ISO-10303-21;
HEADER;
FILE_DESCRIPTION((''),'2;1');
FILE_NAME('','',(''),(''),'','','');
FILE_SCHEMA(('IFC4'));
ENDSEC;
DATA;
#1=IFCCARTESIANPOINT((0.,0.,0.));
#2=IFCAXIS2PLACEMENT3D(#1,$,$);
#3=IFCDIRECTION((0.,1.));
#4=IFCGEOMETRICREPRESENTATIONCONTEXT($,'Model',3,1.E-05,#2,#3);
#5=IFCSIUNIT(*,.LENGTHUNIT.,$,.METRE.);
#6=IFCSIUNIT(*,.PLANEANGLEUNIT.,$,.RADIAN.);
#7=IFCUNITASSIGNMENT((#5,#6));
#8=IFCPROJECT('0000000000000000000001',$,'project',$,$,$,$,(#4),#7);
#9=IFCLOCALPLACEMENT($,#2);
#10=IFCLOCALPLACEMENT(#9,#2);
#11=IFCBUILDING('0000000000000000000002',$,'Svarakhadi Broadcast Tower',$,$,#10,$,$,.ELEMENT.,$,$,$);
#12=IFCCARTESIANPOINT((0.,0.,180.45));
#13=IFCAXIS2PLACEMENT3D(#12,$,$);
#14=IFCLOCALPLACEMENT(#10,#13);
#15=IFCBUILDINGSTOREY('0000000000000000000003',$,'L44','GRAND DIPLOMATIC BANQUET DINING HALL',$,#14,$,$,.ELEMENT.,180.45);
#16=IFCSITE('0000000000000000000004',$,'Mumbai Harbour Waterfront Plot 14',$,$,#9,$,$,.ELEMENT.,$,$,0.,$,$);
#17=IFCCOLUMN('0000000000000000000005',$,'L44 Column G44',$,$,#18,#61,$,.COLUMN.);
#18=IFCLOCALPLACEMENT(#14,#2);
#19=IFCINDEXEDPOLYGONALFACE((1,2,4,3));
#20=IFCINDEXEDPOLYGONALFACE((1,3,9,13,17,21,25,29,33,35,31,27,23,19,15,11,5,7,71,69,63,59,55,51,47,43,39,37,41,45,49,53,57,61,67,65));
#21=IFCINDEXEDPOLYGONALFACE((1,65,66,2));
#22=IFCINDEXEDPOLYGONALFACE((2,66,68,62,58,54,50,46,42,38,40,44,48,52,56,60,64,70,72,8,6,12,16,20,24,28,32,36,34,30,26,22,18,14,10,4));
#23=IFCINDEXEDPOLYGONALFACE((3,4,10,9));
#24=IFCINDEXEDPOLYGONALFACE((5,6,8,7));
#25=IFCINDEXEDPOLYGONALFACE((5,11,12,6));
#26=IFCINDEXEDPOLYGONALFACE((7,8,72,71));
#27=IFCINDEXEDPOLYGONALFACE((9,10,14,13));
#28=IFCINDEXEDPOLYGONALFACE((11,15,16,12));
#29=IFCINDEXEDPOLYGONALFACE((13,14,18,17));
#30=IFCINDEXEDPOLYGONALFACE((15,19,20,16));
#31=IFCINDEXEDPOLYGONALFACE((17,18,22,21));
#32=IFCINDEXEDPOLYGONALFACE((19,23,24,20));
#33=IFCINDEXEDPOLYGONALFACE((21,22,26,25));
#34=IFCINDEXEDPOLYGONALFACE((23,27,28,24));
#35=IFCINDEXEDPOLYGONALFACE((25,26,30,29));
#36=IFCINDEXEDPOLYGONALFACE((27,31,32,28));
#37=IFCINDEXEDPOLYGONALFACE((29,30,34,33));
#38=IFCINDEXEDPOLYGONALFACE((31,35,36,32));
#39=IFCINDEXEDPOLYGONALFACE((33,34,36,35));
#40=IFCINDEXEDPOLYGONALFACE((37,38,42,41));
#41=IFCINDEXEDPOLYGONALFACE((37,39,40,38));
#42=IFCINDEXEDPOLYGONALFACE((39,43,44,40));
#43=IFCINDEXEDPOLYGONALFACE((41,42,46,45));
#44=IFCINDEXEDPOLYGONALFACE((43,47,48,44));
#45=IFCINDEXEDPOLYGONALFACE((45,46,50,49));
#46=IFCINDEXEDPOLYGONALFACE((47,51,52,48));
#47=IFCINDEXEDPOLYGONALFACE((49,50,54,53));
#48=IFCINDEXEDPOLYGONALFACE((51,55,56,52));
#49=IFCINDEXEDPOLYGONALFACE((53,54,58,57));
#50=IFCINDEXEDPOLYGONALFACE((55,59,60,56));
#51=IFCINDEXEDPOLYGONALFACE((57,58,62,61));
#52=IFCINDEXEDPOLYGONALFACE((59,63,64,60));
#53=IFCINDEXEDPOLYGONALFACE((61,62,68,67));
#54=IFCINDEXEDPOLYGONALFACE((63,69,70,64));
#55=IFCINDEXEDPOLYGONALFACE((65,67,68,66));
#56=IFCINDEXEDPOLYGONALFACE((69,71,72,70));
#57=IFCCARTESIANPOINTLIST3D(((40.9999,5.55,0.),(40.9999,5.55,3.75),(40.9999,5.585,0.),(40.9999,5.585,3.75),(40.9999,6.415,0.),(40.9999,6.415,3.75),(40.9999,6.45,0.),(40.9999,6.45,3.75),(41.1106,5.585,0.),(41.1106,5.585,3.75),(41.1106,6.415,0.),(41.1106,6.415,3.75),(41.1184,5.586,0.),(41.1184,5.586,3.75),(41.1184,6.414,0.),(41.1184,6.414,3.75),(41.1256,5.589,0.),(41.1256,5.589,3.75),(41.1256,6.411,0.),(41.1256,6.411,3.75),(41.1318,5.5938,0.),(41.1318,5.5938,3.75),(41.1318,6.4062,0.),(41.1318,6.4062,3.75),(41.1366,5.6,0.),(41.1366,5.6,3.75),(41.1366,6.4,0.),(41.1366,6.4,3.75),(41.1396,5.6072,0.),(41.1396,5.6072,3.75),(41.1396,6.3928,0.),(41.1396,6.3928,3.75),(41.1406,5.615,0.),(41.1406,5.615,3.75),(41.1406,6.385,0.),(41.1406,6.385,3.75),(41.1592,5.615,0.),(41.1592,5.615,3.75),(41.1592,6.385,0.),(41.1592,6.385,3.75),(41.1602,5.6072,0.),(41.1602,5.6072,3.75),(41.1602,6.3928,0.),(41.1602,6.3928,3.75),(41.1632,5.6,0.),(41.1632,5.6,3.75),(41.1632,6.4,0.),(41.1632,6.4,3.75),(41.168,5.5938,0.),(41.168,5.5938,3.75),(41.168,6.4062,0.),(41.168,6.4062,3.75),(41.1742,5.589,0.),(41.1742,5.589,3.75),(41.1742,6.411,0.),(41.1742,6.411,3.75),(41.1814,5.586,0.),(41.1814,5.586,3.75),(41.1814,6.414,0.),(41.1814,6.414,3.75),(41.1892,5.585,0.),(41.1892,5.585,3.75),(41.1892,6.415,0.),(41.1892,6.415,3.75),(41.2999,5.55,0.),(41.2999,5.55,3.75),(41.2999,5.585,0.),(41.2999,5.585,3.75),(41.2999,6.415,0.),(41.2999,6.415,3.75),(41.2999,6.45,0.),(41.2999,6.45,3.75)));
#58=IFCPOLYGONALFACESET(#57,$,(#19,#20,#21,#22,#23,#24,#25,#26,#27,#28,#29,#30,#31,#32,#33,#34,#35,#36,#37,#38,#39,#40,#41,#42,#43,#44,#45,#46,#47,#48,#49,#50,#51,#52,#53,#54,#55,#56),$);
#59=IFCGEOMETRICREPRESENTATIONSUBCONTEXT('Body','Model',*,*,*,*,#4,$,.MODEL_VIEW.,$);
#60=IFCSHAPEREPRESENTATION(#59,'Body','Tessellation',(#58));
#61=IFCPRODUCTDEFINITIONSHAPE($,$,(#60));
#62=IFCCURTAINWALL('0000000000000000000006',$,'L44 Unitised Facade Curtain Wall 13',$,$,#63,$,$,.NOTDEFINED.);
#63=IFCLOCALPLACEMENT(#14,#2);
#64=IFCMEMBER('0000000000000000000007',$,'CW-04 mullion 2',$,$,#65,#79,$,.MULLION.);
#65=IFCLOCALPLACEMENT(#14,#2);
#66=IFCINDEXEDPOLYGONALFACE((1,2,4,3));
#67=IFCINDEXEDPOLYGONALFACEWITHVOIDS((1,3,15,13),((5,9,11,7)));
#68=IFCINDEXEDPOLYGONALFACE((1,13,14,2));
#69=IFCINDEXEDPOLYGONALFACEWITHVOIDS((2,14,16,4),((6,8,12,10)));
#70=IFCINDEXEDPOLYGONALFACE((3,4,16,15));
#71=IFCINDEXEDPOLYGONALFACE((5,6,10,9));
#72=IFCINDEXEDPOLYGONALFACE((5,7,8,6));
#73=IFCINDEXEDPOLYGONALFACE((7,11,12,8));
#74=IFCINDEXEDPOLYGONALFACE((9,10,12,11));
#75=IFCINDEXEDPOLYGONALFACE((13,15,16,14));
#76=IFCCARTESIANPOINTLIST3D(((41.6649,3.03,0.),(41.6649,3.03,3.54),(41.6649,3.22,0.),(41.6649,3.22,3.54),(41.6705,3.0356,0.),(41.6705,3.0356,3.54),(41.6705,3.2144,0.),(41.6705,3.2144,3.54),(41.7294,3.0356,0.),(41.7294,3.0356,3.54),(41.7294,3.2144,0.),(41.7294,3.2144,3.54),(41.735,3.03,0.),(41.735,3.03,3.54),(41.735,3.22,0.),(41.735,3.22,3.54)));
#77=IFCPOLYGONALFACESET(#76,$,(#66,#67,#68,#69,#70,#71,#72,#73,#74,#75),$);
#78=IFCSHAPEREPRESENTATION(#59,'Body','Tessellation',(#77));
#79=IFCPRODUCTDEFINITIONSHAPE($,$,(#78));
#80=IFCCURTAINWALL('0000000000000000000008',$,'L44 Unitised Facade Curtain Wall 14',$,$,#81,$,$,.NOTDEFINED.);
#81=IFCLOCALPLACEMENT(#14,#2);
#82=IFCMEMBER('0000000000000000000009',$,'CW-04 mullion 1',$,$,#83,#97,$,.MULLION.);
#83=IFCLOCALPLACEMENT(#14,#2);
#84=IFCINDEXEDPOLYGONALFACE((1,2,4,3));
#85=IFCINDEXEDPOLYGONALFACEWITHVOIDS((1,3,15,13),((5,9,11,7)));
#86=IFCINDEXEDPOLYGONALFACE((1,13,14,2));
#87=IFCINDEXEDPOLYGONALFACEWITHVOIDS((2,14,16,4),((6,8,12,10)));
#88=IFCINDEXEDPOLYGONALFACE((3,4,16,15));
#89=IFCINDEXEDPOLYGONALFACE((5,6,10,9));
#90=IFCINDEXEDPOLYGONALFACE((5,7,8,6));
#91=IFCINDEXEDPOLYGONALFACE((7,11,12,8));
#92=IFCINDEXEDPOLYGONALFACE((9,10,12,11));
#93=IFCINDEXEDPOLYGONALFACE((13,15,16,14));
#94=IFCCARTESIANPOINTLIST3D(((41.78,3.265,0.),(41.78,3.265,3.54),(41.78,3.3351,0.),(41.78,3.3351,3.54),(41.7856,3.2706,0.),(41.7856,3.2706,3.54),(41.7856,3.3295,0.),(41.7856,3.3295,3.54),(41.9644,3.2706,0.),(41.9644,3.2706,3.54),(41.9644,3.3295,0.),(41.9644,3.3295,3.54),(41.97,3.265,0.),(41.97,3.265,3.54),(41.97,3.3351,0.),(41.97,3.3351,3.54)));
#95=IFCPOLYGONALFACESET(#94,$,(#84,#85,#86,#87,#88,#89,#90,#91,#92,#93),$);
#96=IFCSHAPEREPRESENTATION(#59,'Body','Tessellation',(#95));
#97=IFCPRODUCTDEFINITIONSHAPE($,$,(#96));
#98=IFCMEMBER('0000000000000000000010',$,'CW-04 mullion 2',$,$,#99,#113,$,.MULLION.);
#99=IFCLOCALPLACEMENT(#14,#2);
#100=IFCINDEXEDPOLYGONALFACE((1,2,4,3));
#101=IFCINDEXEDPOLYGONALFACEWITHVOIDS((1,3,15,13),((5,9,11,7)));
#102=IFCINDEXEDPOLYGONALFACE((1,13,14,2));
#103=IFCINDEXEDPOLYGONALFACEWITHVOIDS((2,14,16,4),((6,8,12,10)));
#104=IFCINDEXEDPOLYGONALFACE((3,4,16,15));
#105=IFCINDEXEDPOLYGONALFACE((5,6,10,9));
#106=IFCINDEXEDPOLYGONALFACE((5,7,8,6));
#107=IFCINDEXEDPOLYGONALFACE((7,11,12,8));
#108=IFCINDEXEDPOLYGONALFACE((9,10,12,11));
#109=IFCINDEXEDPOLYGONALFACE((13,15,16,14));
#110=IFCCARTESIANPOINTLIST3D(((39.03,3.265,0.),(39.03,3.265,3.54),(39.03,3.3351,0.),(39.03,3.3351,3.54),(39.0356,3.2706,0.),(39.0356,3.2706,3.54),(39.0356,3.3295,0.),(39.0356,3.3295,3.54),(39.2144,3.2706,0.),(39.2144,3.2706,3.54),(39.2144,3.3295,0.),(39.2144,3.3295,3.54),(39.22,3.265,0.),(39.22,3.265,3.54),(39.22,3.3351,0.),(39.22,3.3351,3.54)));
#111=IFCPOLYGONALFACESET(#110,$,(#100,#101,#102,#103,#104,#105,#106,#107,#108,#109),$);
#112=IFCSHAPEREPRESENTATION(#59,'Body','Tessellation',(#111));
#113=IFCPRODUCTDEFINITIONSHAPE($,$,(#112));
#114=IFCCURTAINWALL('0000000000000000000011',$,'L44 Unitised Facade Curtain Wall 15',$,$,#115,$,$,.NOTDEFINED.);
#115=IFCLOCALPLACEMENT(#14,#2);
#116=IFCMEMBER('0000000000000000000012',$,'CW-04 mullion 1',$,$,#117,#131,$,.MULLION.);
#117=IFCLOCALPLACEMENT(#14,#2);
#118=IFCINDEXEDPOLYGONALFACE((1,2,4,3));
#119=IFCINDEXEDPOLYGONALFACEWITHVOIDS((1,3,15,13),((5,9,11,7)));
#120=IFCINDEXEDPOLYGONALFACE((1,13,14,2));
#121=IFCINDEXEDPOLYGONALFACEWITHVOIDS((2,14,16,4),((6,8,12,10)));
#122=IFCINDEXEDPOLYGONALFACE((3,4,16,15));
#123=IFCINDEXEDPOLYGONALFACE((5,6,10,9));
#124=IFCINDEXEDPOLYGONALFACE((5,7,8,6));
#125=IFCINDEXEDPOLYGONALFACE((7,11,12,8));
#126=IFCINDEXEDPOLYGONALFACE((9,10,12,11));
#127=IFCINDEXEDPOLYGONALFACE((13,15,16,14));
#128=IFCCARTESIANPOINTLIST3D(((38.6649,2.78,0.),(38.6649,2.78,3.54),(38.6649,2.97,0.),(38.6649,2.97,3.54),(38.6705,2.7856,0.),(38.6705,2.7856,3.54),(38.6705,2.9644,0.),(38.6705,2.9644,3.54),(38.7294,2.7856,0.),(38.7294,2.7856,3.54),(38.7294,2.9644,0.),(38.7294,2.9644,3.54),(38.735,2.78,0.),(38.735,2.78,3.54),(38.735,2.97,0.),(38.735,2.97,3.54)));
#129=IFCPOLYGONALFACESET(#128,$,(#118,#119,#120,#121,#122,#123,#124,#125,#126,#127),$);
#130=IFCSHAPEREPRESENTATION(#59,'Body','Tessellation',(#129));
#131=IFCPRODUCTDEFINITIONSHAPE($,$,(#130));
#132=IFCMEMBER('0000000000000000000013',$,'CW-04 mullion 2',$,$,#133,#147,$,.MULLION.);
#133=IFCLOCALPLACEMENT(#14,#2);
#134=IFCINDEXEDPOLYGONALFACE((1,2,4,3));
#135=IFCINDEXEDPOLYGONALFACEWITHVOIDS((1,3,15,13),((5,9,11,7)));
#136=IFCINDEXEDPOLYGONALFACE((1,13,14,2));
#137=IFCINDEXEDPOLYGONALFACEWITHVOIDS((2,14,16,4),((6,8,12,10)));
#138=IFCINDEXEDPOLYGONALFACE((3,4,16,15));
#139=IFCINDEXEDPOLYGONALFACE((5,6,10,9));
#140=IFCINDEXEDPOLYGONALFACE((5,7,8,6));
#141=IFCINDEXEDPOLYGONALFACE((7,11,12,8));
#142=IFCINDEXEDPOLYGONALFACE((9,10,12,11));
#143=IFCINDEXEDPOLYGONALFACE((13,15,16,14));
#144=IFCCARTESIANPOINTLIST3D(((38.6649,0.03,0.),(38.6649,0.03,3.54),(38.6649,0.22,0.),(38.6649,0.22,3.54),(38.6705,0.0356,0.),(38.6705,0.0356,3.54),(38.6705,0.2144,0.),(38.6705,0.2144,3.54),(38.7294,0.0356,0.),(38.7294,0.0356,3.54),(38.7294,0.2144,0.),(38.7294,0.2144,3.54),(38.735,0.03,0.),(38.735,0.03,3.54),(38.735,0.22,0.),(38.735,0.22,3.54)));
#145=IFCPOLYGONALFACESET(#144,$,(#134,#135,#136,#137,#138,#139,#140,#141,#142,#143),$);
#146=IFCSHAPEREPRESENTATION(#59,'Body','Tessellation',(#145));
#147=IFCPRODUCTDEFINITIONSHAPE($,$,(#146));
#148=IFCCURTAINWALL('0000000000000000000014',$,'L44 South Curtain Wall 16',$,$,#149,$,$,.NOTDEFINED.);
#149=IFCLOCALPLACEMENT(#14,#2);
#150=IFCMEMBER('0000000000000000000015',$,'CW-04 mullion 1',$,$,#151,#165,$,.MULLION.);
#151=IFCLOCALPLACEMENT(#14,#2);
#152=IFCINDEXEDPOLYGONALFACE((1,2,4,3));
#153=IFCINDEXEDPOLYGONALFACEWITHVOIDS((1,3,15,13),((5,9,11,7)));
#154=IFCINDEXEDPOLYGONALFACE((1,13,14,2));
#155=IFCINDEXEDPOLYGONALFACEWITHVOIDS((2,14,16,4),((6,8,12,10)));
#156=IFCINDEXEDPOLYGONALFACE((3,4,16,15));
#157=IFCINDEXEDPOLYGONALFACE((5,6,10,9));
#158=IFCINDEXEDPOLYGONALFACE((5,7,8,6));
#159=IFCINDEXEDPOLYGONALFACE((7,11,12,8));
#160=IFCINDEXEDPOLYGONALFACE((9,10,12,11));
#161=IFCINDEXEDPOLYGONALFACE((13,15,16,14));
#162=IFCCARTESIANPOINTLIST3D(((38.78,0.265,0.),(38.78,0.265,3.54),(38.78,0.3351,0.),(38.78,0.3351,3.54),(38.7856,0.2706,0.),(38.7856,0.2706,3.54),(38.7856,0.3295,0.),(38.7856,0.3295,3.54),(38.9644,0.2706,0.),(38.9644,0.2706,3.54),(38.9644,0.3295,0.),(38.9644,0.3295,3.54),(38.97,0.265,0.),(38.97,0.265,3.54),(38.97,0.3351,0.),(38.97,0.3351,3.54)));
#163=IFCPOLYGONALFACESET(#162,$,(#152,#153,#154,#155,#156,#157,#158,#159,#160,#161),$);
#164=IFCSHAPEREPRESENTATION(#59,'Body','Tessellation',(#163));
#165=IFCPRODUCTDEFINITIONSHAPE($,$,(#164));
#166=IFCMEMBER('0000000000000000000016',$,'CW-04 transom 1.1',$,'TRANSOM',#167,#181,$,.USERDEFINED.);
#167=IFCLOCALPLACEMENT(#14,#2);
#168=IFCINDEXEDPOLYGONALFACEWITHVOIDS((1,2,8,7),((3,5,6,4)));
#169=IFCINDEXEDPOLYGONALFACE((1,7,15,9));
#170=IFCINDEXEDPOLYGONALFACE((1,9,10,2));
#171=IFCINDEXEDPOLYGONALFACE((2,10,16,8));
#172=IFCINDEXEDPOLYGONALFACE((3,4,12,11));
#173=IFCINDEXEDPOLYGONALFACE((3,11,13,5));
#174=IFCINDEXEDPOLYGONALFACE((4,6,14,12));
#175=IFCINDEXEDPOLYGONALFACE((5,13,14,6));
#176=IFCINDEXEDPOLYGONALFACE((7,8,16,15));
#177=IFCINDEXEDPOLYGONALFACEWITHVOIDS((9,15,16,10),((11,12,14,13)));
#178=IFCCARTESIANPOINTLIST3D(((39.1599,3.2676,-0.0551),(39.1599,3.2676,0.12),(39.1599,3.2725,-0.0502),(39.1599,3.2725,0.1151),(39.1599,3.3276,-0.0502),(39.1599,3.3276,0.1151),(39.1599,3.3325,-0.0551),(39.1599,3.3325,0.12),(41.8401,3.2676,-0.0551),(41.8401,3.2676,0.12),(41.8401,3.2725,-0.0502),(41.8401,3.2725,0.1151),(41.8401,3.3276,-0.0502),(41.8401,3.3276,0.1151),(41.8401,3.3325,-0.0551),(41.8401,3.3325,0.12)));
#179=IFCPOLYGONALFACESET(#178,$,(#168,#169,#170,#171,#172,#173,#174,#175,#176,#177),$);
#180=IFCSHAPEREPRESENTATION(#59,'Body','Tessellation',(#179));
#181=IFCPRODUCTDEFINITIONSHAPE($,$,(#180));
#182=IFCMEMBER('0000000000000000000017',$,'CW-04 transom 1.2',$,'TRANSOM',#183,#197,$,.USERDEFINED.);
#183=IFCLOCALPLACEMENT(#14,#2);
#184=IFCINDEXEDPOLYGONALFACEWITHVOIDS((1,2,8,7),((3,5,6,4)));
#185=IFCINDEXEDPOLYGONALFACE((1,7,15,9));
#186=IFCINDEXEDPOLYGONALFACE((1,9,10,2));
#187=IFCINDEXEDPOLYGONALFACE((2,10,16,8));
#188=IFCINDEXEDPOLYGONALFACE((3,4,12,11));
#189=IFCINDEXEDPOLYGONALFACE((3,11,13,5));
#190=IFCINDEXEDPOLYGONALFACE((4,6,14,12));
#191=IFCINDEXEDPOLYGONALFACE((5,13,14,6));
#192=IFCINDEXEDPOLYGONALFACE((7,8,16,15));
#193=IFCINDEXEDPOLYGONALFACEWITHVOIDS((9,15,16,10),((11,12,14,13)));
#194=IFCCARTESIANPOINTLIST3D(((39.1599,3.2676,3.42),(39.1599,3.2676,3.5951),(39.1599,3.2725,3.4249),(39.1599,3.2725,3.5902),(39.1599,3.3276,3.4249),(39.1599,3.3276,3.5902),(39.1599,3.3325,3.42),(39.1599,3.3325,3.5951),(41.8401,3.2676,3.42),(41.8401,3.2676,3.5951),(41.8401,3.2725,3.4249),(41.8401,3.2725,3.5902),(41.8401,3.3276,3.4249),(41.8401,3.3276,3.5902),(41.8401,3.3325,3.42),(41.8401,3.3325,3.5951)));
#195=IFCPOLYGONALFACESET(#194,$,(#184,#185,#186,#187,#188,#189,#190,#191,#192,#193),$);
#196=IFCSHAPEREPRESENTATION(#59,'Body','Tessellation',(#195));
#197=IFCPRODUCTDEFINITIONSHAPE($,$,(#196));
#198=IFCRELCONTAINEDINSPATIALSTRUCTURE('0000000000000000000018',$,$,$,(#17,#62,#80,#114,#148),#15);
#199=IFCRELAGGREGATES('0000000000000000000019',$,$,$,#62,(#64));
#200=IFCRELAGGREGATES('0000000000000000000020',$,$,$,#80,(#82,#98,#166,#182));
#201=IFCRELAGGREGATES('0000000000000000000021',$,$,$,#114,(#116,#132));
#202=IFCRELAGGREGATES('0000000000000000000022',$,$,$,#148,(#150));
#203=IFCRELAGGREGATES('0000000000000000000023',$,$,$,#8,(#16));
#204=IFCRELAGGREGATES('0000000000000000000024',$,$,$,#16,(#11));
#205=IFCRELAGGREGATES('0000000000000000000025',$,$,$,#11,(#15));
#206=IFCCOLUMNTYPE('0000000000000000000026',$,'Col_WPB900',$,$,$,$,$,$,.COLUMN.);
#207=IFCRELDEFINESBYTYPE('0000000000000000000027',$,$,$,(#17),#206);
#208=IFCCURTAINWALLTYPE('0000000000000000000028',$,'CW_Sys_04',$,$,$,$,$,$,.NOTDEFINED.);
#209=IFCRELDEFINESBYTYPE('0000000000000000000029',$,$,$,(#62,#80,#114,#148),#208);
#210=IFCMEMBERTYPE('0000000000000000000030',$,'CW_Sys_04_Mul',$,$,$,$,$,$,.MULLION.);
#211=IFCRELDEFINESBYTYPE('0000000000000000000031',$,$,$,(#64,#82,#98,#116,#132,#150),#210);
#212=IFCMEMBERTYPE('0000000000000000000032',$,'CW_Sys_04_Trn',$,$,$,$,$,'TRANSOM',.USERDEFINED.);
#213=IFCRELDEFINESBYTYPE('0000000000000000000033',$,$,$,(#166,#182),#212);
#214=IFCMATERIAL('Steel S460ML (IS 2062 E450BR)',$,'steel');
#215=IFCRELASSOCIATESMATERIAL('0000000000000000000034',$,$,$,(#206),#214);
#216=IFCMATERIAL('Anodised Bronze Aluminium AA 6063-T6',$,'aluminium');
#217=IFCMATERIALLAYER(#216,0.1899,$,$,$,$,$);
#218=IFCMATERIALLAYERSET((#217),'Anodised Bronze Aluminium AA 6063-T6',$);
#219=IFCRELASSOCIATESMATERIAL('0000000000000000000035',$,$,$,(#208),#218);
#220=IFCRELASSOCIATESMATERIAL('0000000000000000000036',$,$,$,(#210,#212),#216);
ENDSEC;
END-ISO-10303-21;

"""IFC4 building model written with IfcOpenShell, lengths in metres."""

from ifc_helpers import new_model, si_unit, direction, frame, origin, origin_2d, place, context, subcontext, project, spatial, hollow_rectangle, i_section, extrude, material, layer, layer_set, material_profile, profile_set, type_object, element, aggregate, save


model = new_model("IFC4")

# Units and contexts
model_context = context("Model", 3, precision=1e-05, world=origin(), true_north=direction((0.0, 1.0)))
body_context = subcontext(model_context, "Body", "Model", "MODEL_VIEW")
ifc_project = project(units=[si_unit("LENGTHUNIT", "METRE"), si_unit("PLANEANGLEUNIT", "RADIAN")], contexts=[model_context])

# Site, building, storey
site_placement = place(None, origin())
site = spatial("IfcSite", under=ifc_project, at=site_placement, Name="Mumbai Harbour Waterfront Plot 14", CompositionType="ELEMENT", RefElevation=0.0)
building_placement = place(site_placement, origin())
building = spatial("IfcBuilding", under=site, at=building_placement, Name="Svarakhadi Broadcast Tower", CompositionType="ELEMENT")
storey_placement = place(building_placement, frame((0.0, 0.0, 180.45)))
storey = spatial("IfcBuildingStorey", under=building, at=storey_placement, Name="L44", Description="GRAND DIPLOMATIC BANQUET DINING HALL", CompositionType="ELEMENT", Elevation=180.45)

# Column
ifc_material_1 = material(Name="Steel S460ML (IS 2062 E450BR)", Category="steel")
ifc_material_profile_1 = material_profile(ifc_material_1, i_section(OverallWidth=0.3, OverallDepth=0.8999, WebThickness=0.0186, FlangeThickness=0.0349, FilletRadius=0.03, at=origin_2d()), Name="WPB 900x300x291")
ifc_profile_set_1 = profile_set([ifc_material_profile_1], Name="Steel S460ML (IS 2062 E450BR)")
column_type = type_object("IfcColumnType", Name="Col_WPB900", PredefinedType="COLUMN", material=ifc_profile_set_1)
column_placement = place(storey_placement, frame((41.1499, 6.0, 0.0), z_axis=(0.0, 0.0, 1.0), x_axis=(1.0, 0.0, 0.0)))
element("IfcColumn", 1, at=column_placement, inside=storey, type_object=column_type, Name="L44 Column G44", PredefinedType="COLUMN", context=body_context, shape_type="SweptSolid", body=[
    extrude(i_section(OverallWidth=0.3, OverallDepth=0.8999, WebThickness=0.0186, FlangeThickness=0.0349, FilletRadius=0.03, at=origin_2d()), origin(), (0.0, 0.0, 1.0), 3.75),
])

# Curtain wall, member
ifc_material_2 = material(Name="Anodised Bronze Aluminium AA 6063-T6", Category="aluminium")
ifc_layer_1 = layer(ifc_material_2, 0.1899)
ifc_layer_set_1 = layer_set([ifc_layer_1], Name="Anodised Bronze Aluminium AA 6063-T6")
curtain_wall_type = type_object("IfcCurtainWallType", Name="CW_Sys_04", PredefinedType="NOTDEFINED", material=ifc_layer_set_1)
curtain_wall_1_placement = place(storey_placement, origin())
curtain_wall_1 = element("IfcCurtainWall", 2, at=curtain_wall_1_placement, inside=storey, type_object=curtain_wall_type, Name="L44 Unitised Facade Curtain Wall 13", PredefinedType="NOTDEFINED")
ifc_material_profile_2 = material_profile(ifc_material_2, hollow_rectangle(XDim=0.0701, YDim=0.1899, WallThickness=0.0056, at=origin_2d()), Name="ALU MULLION 190x70x6")
ifc_profile_set_2 = profile_set([ifc_material_profile_2], Name="Anodised Bronze Aluminium AA 6063-T6")
member_type_1 = type_object("IfcMemberType", Name="CW_Sys_04_Mul", PredefinedType="MULLION", material=ifc_profile_set_2)
member_1_placement = place(storey_placement, frame((41.7, 3.125, 0.0), z_axis=(0.0, 0.0, 1.0), x_axis=(1.0, 0.0, 0.0)))
member_1 = element("IfcMember", 3, at=member_1_placement, type_object=member_type_1, Name="CW-04 mullion 2", PredefinedType="MULLION", context=body_context, shape_type="SweptSolid", body=[
    extrude(hollow_rectangle(XDim=0.0701, YDim=0.1899, WallThickness=0.0056, at=origin_2d()), origin(), (0.0, 0.0, 1.0), 3.54),
])
aggregate(curtain_wall_1, [member_1])

# Curtain walls, members
curtain_wall_2_placement = place(storey_placement, origin())
curtain_wall_2 = element("IfcCurtainWall", 4, at=curtain_wall_2_placement, inside=storey, type_object=curtain_wall_type, Name="L44 Unitised Facade Curtain Wall 14", PredefinedType="NOTDEFINED")
member_2_placement = place(storey_placement, frame((41.875, 3.3, 0.0), z_axis=(0.0, 0.0, 1.0), x_axis=(0.0, -1.0, 0.0)))
member_2 = element("IfcMember", 5, at=member_2_placement, type_object=member_type_1, Name="CW-04 mullion 1", PredefinedType="MULLION", context=body_context, shape_type="SweptSolid", body=[
    extrude(hollow_rectangle(XDim=0.0701, YDim=0.1899, WallThickness=0.0056, at=origin_2d()), origin(), (0.0, 0.0, 1.0), 3.54),
])
member_3_placement = place(storey_placement, frame((39.125, 3.3, 0.0), z_axis=(0.0, 0.0, 1.0), x_axis=(0.0, -1.0, 0.0)))
member_3 = element("IfcMember", 6, at=member_3_placement, type_object=member_type_1, Name="CW-04 mullion 2", PredefinedType="MULLION", context=body_context, shape_type="SweptSolid", body=[
    extrude(hollow_rectangle(XDim=0.0701, YDim=0.1899, WallThickness=0.0056, at=origin_2d()), origin(), (0.0, 0.0, 1.0), 3.54),
])
curtain_wall_3_placement = place(storey_placement, origin())
curtain_wall_3 = element("IfcCurtainWall", 7, at=curtain_wall_3_placement, inside=storey, type_object=curtain_wall_type, Name="L44 Unitised Facade Curtain Wall 15", PredefinedType="NOTDEFINED")
member_4_placement = place(storey_placement, frame((38.7, 2.875, 0.0), z_axis=(0.0, 0.0, 1.0), x_axis=(1.0, 0.0, 0.0)))
member_4 = element("IfcMember", 8, at=member_4_placement, type_object=member_type_1, Name="CW-04 mullion 1", PredefinedType="MULLION", context=body_context, shape_type="SweptSolid", body=[
    extrude(hollow_rectangle(XDim=0.0701, YDim=0.1899, WallThickness=0.0056, at=origin_2d()), origin(), (0.0, 0.0, 1.0), 3.54),
])
member_5_placement = place(storey_placement, frame((38.7, 0.125, 0.0), z_axis=(0.0, 0.0, 1.0), x_axis=(1.0, 0.0, 0.0)))
member_5 = element("IfcMember", 9, at=member_5_placement, type_object=member_type_1, Name="CW-04 mullion 2", PredefinedType="MULLION", context=body_context, shape_type="SweptSolid", body=[
    extrude(hollow_rectangle(XDim=0.0701, YDim=0.1899, WallThickness=0.0056, at=origin_2d()), origin(), (0.0, 0.0, 1.0), 3.54),
])

# Curtain wall, member
curtain_wall_4_placement = place(storey_placement, origin())
curtain_wall_4 = element("IfcCurtainWall", 10, at=curtain_wall_4_placement, inside=storey, type_object=curtain_wall_type, Name="L44 South Curtain Wall 16", PredefinedType="NOTDEFINED")
member_6_placement = place(storey_placement, frame((38.875, 0.3, 0.0), z_axis=(0.0, 0.0, 1.0), x_axis=(0.0, -1.0, 0.0)))
member_6 = element("IfcMember", 11, at=member_6_placement, type_object=member_type_1, Name="CW-04 mullion 1", PredefinedType="MULLION", context=body_context, shape_type="SweptSolid", body=[
    extrude(hollow_rectangle(XDim=0.0701, YDim=0.1899, WallThickness=0.0056, at=origin_2d()), origin(), (0.0, 0.0, 1.0), 3.54),
])

# Members
ifc_material_profile_3 = material_profile(ifc_material_2, hollow_rectangle(XDim=0.0649, YDim=0.175, WallThickness=0.0049, at=origin_2d()), Name="ALU TRANSOM 175x65x5")
ifc_profile_set_3 = profile_set([ifc_material_profile_3], Name="Anodised Bronze Aluminium AA 6063-T6")
member_type_2 = type_object("IfcMemberType", Name="CW_Sys_04_Trn", ElementType="TRANSOM", PredefinedType="USERDEFINED", material=ifc_profile_set_3)
member_7_placement = place(storey_placement, frame((41.8401, 3.3, 0.0325), z_axis=(-1.0, 0.0, 0.0), x_axis=(0.0, -1.0, 0.0)))
member_7 = element("IfcMember", 12, at=member_7_placement, type_object=member_type_2, Name="CW-04 transom 1.1", ObjectType="TRANSOM", PredefinedType="USERDEFINED", context=body_context, shape_type="SweptSolid", body=[
    extrude(hollow_rectangle(XDim=0.0649, YDim=0.175, WallThickness=0.0049, at=origin_2d()), origin(), (0.0, 0.0, 1.0), 2.6802),
])
member_8_placement = place(storey_placement, frame((41.8401, 3.3, 3.5076), z_axis=(-1.0, 0.0, 0.0), x_axis=(0.0, -1.0, 0.0)))
member_8 = element("IfcMember", 13, at=member_8_placement, type_object=member_type_2, Name="CW-04 transom 1.2", ObjectType="TRANSOM", PredefinedType="USERDEFINED", context=body_context, shape_type="SweptSolid", body=[
    extrude(hollow_rectangle(XDim=0.0649, YDim=0.175, WallThickness=0.0049, at=origin_2d()), origin(), (0.0, 0.0, 1.0), 2.6802),
])

aggregate(curtain_wall_2, [member_2, member_3, member_7, member_8])
aggregate(curtain_wall_3, [member_4, member_5])
aggregate(curtain_wall_4, [member_6])

save(model, "model.ifc")
